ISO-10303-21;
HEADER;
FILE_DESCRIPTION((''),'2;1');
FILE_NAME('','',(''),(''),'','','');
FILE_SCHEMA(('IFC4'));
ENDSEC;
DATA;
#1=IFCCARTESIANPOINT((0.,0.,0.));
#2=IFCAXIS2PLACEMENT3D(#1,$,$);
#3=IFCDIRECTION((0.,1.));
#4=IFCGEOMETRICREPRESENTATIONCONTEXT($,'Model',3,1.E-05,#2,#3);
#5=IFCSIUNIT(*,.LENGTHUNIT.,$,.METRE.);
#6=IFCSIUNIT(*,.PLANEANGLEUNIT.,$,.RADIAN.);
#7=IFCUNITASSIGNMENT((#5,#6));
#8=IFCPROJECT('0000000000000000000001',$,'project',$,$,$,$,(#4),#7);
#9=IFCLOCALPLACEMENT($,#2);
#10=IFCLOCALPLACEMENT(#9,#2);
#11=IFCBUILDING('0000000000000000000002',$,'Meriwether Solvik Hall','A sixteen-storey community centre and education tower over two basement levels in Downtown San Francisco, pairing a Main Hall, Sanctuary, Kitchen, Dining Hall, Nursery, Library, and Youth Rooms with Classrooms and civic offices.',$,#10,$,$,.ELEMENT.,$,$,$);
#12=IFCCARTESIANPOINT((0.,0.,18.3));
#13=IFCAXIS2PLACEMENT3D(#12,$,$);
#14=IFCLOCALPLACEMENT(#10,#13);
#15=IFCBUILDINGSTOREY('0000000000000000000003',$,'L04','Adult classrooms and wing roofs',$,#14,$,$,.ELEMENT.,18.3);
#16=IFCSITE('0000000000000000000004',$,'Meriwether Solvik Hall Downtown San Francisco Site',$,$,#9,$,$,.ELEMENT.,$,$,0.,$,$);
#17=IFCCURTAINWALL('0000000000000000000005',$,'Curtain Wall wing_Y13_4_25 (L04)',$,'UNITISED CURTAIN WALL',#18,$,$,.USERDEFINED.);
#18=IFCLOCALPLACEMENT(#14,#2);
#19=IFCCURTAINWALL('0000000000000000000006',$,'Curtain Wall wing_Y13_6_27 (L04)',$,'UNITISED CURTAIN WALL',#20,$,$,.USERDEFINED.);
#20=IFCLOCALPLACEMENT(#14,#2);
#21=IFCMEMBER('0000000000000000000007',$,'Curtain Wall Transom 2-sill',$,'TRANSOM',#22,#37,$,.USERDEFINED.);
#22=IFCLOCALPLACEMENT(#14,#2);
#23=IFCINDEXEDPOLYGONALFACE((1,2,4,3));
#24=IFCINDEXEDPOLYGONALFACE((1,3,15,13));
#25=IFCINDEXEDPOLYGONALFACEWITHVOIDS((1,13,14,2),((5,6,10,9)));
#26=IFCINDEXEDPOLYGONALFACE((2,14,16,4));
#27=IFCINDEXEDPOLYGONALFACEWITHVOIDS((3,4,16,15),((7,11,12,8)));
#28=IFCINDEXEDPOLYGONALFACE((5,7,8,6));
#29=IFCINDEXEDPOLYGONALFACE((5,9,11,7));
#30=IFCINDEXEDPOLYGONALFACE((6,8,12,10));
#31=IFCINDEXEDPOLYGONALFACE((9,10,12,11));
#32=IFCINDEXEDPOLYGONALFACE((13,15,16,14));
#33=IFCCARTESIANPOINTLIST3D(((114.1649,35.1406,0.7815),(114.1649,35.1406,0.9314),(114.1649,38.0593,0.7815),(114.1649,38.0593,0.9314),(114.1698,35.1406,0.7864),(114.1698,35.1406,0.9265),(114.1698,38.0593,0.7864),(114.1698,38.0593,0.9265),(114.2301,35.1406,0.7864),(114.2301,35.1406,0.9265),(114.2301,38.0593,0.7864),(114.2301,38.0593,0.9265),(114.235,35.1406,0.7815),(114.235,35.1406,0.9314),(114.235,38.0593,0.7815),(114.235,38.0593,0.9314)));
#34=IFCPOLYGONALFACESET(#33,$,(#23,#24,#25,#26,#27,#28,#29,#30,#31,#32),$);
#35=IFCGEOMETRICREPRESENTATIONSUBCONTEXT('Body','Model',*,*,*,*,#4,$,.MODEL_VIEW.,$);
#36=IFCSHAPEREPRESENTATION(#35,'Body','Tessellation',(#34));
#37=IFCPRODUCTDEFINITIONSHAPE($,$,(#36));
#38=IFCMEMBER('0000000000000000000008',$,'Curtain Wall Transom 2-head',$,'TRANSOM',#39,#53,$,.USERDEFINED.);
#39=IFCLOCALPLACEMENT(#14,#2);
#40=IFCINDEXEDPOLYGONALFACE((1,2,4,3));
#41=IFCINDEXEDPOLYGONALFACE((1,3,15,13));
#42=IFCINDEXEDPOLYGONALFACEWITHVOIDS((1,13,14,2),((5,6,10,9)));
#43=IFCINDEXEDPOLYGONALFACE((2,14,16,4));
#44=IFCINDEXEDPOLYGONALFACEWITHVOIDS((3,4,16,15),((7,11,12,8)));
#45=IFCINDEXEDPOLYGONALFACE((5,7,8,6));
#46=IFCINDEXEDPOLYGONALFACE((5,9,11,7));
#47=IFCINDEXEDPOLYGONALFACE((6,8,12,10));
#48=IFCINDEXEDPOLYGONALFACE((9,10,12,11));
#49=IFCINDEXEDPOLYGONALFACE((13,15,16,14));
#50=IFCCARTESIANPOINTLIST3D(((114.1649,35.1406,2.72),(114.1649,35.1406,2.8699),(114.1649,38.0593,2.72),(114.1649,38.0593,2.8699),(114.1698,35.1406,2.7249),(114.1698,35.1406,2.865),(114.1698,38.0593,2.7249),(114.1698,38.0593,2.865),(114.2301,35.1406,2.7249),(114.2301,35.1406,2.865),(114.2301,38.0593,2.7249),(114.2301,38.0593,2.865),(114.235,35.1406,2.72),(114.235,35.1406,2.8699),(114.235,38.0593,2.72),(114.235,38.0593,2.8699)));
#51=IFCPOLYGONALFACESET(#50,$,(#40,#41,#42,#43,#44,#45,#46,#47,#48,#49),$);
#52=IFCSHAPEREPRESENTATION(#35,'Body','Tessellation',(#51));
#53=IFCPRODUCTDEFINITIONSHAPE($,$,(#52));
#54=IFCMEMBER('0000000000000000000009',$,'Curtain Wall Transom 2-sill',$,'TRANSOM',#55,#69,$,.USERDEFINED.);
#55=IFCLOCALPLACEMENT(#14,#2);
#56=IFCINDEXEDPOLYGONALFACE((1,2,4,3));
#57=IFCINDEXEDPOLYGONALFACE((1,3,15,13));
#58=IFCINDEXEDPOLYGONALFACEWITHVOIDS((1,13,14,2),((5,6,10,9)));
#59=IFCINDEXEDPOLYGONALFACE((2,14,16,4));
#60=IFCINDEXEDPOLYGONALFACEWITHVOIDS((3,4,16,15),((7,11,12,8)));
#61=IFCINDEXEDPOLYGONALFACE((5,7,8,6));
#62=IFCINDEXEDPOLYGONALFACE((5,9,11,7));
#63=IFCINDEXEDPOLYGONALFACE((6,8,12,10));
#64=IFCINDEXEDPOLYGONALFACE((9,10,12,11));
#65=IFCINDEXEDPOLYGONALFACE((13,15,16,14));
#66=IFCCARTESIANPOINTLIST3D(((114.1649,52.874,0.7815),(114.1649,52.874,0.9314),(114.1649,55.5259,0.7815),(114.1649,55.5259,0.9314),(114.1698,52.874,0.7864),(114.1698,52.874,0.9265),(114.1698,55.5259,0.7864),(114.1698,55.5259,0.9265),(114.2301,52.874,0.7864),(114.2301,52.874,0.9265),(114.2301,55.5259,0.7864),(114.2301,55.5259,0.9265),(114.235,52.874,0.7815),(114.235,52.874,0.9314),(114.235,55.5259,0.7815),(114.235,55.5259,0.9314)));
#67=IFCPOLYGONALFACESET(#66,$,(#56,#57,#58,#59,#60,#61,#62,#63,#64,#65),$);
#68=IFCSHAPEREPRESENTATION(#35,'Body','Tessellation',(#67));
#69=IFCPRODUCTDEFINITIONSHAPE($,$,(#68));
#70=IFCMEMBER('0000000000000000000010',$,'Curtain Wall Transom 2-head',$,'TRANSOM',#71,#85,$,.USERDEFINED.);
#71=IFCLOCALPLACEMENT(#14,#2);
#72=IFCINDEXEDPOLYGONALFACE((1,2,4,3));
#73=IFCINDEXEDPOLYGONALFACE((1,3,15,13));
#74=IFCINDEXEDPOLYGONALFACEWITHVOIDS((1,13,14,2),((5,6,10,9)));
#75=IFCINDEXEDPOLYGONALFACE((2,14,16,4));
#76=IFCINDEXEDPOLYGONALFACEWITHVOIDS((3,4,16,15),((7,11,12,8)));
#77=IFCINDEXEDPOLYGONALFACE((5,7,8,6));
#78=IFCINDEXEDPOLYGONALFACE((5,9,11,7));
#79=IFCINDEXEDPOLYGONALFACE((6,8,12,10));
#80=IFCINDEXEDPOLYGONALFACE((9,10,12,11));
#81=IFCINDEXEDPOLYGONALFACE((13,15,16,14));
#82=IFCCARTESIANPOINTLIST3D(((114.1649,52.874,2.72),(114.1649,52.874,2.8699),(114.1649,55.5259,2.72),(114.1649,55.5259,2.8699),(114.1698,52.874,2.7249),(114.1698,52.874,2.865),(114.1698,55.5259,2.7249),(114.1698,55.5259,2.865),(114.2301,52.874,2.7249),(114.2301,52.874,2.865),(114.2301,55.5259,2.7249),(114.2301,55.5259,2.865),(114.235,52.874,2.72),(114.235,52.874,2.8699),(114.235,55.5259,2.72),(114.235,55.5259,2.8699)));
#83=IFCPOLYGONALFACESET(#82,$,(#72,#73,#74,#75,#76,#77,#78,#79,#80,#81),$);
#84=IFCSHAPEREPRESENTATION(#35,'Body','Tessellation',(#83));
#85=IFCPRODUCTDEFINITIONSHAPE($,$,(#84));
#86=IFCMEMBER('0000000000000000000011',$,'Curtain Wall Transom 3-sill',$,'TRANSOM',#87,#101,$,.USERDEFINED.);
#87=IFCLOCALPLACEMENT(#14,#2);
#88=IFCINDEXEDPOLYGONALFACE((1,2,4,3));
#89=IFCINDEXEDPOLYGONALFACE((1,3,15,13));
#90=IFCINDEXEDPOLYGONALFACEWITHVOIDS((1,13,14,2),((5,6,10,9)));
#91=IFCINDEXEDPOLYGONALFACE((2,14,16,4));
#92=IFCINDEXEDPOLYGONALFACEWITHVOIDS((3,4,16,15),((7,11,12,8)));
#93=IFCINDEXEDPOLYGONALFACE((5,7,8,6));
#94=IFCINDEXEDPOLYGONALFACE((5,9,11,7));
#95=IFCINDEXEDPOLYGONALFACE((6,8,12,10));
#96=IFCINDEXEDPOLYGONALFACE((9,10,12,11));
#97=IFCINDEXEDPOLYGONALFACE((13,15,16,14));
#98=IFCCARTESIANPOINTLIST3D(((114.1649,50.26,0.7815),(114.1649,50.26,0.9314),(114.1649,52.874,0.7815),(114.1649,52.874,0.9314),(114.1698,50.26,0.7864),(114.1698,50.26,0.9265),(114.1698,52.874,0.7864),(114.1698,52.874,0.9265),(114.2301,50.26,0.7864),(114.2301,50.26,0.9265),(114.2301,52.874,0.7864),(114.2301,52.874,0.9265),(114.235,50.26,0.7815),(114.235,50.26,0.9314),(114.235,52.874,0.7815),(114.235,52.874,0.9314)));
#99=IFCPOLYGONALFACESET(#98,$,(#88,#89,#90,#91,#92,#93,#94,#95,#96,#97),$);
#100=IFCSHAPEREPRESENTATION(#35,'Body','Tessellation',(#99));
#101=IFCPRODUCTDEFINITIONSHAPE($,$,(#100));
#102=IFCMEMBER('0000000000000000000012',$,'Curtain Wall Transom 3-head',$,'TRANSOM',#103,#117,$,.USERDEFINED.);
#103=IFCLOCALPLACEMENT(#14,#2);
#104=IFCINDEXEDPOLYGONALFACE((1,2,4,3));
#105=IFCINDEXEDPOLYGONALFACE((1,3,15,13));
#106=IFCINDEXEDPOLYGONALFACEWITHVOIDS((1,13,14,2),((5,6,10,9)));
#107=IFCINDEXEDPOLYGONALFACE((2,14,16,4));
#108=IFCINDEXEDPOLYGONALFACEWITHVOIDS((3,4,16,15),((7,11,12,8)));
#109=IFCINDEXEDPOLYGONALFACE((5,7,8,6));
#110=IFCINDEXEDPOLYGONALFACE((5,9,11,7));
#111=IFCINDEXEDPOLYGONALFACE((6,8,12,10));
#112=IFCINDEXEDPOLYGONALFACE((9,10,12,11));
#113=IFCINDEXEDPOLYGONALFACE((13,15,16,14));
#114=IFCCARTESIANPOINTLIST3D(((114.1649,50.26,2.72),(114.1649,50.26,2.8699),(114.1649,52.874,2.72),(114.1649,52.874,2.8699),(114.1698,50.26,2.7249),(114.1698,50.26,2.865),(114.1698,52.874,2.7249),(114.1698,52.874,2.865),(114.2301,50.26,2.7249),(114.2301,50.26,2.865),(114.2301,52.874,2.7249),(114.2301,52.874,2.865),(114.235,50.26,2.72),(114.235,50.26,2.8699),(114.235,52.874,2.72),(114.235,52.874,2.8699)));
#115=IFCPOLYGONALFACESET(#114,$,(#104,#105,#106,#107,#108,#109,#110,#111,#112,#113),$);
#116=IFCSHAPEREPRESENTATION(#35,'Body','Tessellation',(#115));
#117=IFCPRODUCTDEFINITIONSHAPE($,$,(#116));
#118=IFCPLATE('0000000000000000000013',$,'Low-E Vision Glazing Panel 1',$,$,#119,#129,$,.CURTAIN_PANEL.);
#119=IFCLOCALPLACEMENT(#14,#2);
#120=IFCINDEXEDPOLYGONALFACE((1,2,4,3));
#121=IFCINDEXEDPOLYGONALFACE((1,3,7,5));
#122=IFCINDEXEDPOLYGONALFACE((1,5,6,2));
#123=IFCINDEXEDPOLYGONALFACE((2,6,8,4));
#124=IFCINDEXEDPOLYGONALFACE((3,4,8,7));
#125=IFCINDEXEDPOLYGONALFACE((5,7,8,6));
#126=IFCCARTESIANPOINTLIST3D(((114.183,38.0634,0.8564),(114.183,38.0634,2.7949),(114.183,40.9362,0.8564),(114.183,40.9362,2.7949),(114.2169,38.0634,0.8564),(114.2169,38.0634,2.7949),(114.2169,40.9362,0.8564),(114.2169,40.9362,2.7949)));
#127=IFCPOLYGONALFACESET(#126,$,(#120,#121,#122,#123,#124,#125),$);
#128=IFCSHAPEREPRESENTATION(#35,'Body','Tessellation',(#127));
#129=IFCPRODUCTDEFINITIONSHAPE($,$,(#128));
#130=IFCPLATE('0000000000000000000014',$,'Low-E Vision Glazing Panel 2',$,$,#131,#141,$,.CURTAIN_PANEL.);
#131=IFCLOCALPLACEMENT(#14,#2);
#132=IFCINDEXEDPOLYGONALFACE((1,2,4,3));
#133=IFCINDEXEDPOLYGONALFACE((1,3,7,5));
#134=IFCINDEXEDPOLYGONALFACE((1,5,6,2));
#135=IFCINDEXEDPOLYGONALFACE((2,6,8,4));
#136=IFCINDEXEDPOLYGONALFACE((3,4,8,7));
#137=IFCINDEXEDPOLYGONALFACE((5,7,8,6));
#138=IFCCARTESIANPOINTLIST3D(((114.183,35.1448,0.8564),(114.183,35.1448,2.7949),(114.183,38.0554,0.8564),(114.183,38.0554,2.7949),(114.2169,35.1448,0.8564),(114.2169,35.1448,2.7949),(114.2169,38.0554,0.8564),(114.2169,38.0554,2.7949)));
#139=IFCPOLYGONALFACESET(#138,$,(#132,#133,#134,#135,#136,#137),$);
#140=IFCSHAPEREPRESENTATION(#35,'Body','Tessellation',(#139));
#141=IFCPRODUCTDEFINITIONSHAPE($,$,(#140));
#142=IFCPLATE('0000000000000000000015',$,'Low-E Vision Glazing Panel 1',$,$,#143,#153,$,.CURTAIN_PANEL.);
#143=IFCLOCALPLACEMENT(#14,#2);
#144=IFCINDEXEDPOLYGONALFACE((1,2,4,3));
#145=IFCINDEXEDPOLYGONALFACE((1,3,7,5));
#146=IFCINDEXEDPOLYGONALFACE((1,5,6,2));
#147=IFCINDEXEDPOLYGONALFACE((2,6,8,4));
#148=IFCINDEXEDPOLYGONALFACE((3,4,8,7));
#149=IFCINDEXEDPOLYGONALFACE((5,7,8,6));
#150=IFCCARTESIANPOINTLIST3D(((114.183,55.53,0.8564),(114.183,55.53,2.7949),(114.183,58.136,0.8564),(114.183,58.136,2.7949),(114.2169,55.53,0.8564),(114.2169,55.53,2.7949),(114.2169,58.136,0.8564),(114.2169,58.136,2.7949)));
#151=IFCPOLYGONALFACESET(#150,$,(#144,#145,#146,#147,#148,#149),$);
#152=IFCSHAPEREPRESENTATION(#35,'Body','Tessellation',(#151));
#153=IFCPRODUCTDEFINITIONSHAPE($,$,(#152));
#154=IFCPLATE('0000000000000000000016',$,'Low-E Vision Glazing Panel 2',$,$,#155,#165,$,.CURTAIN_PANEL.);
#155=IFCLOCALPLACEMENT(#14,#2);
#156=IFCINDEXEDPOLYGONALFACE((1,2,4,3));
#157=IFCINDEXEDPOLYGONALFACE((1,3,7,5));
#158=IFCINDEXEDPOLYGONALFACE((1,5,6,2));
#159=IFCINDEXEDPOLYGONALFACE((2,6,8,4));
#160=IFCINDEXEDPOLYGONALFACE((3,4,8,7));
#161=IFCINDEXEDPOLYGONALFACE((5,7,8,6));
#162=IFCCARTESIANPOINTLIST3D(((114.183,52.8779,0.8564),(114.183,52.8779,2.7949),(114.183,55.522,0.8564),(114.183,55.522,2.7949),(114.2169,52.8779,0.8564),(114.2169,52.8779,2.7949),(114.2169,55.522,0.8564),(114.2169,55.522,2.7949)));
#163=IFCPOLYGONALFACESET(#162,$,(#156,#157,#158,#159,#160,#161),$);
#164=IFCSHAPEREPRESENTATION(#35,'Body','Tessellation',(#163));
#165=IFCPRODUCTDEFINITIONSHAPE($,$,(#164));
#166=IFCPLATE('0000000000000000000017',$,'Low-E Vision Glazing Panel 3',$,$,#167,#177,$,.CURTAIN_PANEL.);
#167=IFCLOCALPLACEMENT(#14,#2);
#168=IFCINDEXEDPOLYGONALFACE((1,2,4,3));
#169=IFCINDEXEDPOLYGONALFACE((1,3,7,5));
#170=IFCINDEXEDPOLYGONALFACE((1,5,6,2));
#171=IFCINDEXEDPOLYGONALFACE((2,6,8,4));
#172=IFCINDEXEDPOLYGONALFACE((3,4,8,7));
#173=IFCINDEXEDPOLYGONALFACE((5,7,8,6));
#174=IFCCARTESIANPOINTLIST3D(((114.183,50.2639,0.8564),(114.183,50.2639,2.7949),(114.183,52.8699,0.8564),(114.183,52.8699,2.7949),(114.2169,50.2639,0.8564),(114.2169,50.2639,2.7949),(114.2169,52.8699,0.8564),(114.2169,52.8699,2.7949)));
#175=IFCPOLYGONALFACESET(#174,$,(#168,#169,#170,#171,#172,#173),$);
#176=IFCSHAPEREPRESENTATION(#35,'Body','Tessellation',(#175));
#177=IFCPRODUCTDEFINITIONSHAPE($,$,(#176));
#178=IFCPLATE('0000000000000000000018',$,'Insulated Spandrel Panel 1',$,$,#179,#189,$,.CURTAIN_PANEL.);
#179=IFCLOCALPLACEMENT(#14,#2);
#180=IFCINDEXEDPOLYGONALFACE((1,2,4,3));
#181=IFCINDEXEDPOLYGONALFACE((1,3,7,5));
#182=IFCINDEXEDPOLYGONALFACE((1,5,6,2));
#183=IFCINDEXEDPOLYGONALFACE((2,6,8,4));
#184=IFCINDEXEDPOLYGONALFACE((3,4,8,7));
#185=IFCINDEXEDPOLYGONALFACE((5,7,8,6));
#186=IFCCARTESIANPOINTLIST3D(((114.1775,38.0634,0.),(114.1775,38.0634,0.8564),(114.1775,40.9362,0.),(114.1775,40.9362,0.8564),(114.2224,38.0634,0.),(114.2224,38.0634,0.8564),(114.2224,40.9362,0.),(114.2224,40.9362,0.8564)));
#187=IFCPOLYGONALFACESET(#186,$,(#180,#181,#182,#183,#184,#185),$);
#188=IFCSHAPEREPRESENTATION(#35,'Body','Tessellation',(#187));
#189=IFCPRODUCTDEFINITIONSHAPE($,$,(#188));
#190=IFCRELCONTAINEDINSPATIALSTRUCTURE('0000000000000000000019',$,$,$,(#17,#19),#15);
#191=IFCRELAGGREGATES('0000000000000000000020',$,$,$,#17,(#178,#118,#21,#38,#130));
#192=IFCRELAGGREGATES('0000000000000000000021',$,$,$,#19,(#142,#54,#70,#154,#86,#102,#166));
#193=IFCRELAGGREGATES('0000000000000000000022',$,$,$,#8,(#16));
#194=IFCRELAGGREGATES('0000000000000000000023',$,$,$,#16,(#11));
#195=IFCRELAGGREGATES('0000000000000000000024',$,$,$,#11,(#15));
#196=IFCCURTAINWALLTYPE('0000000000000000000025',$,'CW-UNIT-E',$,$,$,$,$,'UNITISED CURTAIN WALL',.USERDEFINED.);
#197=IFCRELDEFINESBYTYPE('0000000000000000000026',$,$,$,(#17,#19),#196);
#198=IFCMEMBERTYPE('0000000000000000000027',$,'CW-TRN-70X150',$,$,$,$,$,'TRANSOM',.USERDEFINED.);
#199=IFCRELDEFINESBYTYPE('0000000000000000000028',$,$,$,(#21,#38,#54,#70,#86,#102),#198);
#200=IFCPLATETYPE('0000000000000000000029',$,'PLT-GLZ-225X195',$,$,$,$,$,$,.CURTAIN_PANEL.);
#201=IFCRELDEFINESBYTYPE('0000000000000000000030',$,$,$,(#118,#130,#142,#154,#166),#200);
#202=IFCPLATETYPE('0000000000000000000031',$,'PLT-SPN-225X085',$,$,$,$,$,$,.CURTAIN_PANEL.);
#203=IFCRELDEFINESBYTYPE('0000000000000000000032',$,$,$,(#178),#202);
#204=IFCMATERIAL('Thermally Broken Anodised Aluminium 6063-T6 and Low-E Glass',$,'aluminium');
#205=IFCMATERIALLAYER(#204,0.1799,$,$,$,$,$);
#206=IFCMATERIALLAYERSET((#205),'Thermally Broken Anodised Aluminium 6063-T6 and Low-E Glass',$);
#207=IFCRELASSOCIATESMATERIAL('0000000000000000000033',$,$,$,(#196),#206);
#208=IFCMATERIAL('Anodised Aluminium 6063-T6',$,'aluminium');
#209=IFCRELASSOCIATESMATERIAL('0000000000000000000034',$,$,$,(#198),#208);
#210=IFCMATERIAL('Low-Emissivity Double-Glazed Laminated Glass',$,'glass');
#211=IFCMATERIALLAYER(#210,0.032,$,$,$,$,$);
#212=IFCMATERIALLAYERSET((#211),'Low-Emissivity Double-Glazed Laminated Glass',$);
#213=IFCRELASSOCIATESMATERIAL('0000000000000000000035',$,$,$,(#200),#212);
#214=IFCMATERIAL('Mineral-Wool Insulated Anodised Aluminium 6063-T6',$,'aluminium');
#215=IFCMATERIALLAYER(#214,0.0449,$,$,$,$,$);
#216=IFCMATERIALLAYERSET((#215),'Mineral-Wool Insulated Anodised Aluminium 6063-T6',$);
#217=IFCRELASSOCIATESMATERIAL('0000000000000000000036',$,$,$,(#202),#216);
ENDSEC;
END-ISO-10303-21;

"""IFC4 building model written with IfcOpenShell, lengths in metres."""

from ifc_helpers import new_model, si_unit, direction, frame, origin, origin_2d, place, context, subcontext, project, spatial, rectangle, hollow_rectangle, extrude, material, layer, layer_set, material_profile, profile_set, type_object, element, aggregate, save


model = new_model("IFC4")

# Units and contexts
model_context = context("Model", 3, precision=1e-05, world=origin(), true_north=direction((0.0, 1.0)))
body_context = subcontext(model_context, "Body", "Model", "MODEL_VIEW")
ifc_project = project(units=[si_unit("LENGTHUNIT", "METRE"), si_unit("PLANEANGLEUNIT", "RADIAN")], contexts=[model_context])

# Site, building, storey
site_placement = place(None, origin())
site = spatial("IfcSite", under=ifc_project, at=site_placement, Name="Meriwether Solvik Hall Downtown San Francisco Site", CompositionType="ELEMENT", RefElevation=0.0)
building_placement = place(site_placement, origin())
building = spatial("IfcBuilding", under=site, at=building_placement, Name="Meriwether Solvik Hall", Description="A sixteen-storey community centre and education tower over two basement levels in Downtown San Francisco, pairing a Main Hall, Sanctuary, Kitchen, Dining Hall, Nursery, Library, and Youth Rooms with Classrooms and civic offices.", CompositionType="ELEMENT")
storey_placement = place(building_placement, frame((0.0, 0.0, 18.3)))
storey = spatial("IfcBuildingStorey", under=building, at=storey_placement, Name="L04", Description="Adult classrooms and wing roofs", CompositionType="ELEMENT", Elevation=18.3)

# Curtain walls
ifc_material_1 = material(Name="Thermally Broken Anodised Aluminium 6063-T6 and Low-E Glass", Category="aluminium")
ifc_layer_1 = layer(ifc_material_1, 0.1799)
ifc_layer_set_1 = layer_set([ifc_layer_1], Name="Thermally Broken Anodised Aluminium 6063-T6 and Low-E Glass")
curtain_wall_type = type_object("IfcCurtainWallType", Name="CW-UNIT-E", ElementType="UNITISED CURTAIN WALL", PredefinedType="USERDEFINED", material=ifc_layer_set_1)
curtain_wall_1_placement = place(storey_placement, origin())
curtain_wall_1 = element("IfcCurtainWall", 1, at=curtain_wall_1_placement, inside=storey, type_object=curtain_wall_type, Name="Curtain Wall wing_Y13_4_25 (L04)", ObjectType="UNITISED CURTAIN WALL", PredefinedType="USERDEFINED")
curtain_wall_2_placement = place(storey_placement, origin())
curtain_wall_2 = element("IfcCurtainWall", 2, at=curtain_wall_2_placement, inside=storey, type_object=curtain_wall_type, Name="Curtain Wall wing_Y13_6_27 (L04)", ObjectType="UNITISED CURTAIN WALL", PredefinedType="USERDEFINED")

# Members
ifc_material_2 = material(Name="Anodised Aluminium 6063-T6", Category="aluminium")
ifc_material_profile_1 = material_profile(ifc_material_2, hollow_rectangle(XDim=0.0701, YDim=0.1499, WallThickness=0.0049, at=origin_2d()), Name="CWT-70X150")
ifc_profile_set_1 = profile_set([ifc_material_profile_1], Name="Anodised Aluminium 6063-T6")
member_type_1 = type_object("IfcMemberType", Name="CW-TRN-70X150", ElementType="TRANSOM", PredefinedType="USERDEFINED", material=ifc_profile_set_1)
member_1_placement = place(storey_placement, frame((114.2, 38.0593, 0.8564), z_axis=(0.0, -1.0, 0.0), x_axis=(1.0, 0.0, 0.0)))
member_1 = element("IfcMember", 3, at=member_1_placement, type_object=member_type_1, Name="Curtain Wall Transom 2-sill", ObjectType="TRANSOM", PredefinedType="USERDEFINED", context=body_context, shape_type="SweptSolid", body=[
    extrude(hollow_rectangle(XDim=0.0701, YDim=0.1499, WallThickness=0.0049, at=origin_2d()), origin(), (0.0, 0.0, 1.0), 2.9187),
])
member_2_placement = place(storey_placement, frame((114.2, 38.0593, 2.7949), z_axis=(0.0, -1.0, 0.0), x_axis=(1.0, 0.0, 0.0)))
member_2 = element("IfcMember", 4, at=member_2_placement, type_object=member_type_1, Name="Curtain Wall Transom 2-head", ObjectType="TRANSOM", PredefinedType="USERDEFINED", context=body_context, shape_type="SweptSolid", body=[
    extrude(hollow_rectangle(XDim=0.0701, YDim=0.1499, WallThickness=0.0049, at=origin_2d()), origin(), (0.0, 0.0, 1.0), 2.9187),
])
member_3_placement = place(storey_placement, frame((114.2, 55.5259, 0.8564), z_axis=(0.0, -1.0, 0.0), x_axis=(1.0, 0.0, 0.0)))
member_3 = element("IfcMember", 5, at=member_3_placement, type_object=member_type_1, Name="Curtain Wall Transom 2-sill", ObjectType="TRANSOM", PredefinedType="USERDEFINED", context=body_context, shape_type="SweptSolid", body=[
    extrude(hollow_rectangle(XDim=0.0701, YDim=0.1499, WallThickness=0.0049, at=origin_2d()), origin(), (0.0, 0.0, 1.0), 2.6519),
])
member_4_placement = place(storey_placement, frame((114.2, 55.5259, 2.7949), z_axis=(0.0, -1.0, 0.0), x_axis=(1.0, 0.0, 0.0)))
member_4 = element("IfcMember", 6, at=member_4_placement, type_object=member_type_1, Name="Curtain Wall Transom 2-head", ObjectType="TRANSOM", PredefinedType="USERDEFINED", context=body_context, shape_type="SweptSolid", body=[
    extrude(hollow_rectangle(XDim=0.0701, YDim=0.1499, WallThickness=0.0049, at=origin_2d()), origin(), (0.0, 0.0, 1.0), 2.6519),
])
member_5_placement = place(storey_placement, frame((114.2, 52.874, 0.8564), z_axis=(0.0, -1.0, 0.0), x_axis=(1.0, 0.0, 0.0)))
member_5 = element("IfcMember", 7, at=member_5_placement, type_object=member_type_1, Name="Curtain Wall Transom 3-sill", ObjectType="TRANSOM", PredefinedType="USERDEFINED", context=body_context, shape_type="SweptSolid", body=[
    extrude(hollow_rectangle(XDim=0.0701, YDim=0.1499, WallThickness=0.0049, at=origin_2d()), origin(), (0.0, 0.0, 1.0), 2.614),
])
member_6_placement = place(storey_placement, frame((114.2, 52.874, 2.7949), z_axis=(0.0, -1.0, 0.0), x_axis=(1.0, 0.0, 0.0)))
member_6 = element("IfcMember", 8, at=member_6_placement, type_object=member_type_1, Name="Curtain Wall Transom 3-head", ObjectType="TRANSOM", PredefinedType="USERDEFINED", context=body_context, shape_type="SweptSolid", body=[
    extrude(hollow_rectangle(XDim=0.0701, YDim=0.1499, WallThickness=0.0049, at=origin_2d()), origin(), (0.0, 0.0, 1.0), 2.614),
])

# Plates
ifc_material_3 = material(Name="Low-Emissivity Double-Glazed Laminated Glass", Category="glass")
ifc_layer_2 = layer(ifc_material_3, 0.032)
ifc_layer_set_2 = layer_set([ifc_layer_2], Name="Low-Emissivity Double-Glazed Laminated Glass")
plate_type_1 = type_object("IfcPlateType", Name="PLT-GLZ-225X195", PredefinedType="CURTAIN_PANEL", material=ifc_layer_set_2)
plate_1_placement = place(storey_placement, frame((114.2, 39.4998, 0.8564), z_axis=(0.0, 0.0, 1.0), x_axis=(0.0, -1.0, 0.0)))
plate_1 = element("IfcPlate", 9, at=plate_1_placement, type_object=plate_type_1, Name="Low-E Vision Glazing Panel 1", PredefinedType="CURTAIN_PANEL", context=body_context, shape_type="SweptSolid", body=[
    extrude(rectangle(XDim=2.8728, YDim=0.0339, at=origin_2d()), origin(), (0.0, 0.0, 1.0), 1.9385),
])
plate_2_placement = place(storey_placement, frame((114.2, 36.6001, 0.8564), z_axis=(0.0, 0.0, 1.0), x_axis=(0.0, -1.0, 0.0)))
plate_2 = element("IfcPlate", 10, at=plate_2_placement, type_object=plate_type_1, Name="Low-E Vision Glazing Panel 2", PredefinedType="CURTAIN_PANEL", context=body_context, shape_type="SweptSolid", body=[
    extrude(rectangle(XDim=2.9106, YDim=0.0339, at=origin_2d()), origin(), (0.0, 0.0, 1.0), 1.9385),
])
plate_3_placement = place(storey_placement, frame((114.2, 56.833, 0.8564), z_axis=(0.0, 0.0, 1.0), x_axis=(0.0, -1.0, 0.0)))
plate_3 = element("IfcPlate", 11, at=plate_3_placement, type_object=plate_type_1, Name="Low-E Vision Glazing Panel 1", PredefinedType="CURTAIN_PANEL", context=body_context, shape_type="SweptSolid", body=[
    extrude(rectangle(XDim=2.606, YDim=0.0339, at=origin_2d()), origin(), (0.0, 0.0, 1.0), 1.9385),
])
plate_4_placement = place(storey_placement, frame((114.2, 54.2, 0.8564), z_axis=(0.0, 0.0, 1.0), x_axis=(0.0, -1.0, 0.0)))
plate_4 = element("IfcPlate", 12, at=plate_4_placement, type_object=plate_type_1, Name="Low-E Vision Glazing Panel 2", PredefinedType="CURTAIN_PANEL", context=body_context, shape_type="SweptSolid", body=[
    extrude(rectangle(XDim=2.644, YDim=0.0339, at=origin_2d()), origin(), (0.0, 0.0, 1.0), 1.9385),
])
plate_5_placement = place(storey_placement, frame((114.2, 51.5669, 0.8564), z_axis=(0.0, 0.0, 1.0), x_axis=(0.0, -1.0, 0.0)))
plate_5 = element("IfcPlate", 13, at=plate_5_placement, type_object=plate_type_1, Name="Low-E Vision Glazing Panel 3", PredefinedType="CURTAIN_PANEL", context=body_context, shape_type="SweptSolid", body=[
    extrude(rectangle(XDim=2.606, YDim=0.0339, at=origin_2d()), origin(), (0.0, 0.0, 1.0), 1.9385),
])
ifc_material_4 = material(Name="Mineral-Wool Insulated Anodised Aluminium 6063-T6", Category="aluminium")
ifc_layer_3 = layer(ifc_material_4, 0.0449)
ifc_layer_set_3 = layer_set([ifc_layer_3], Name="Mineral-Wool Insulated Anodised Aluminium 6063-T6")
plate_type_2 = type_object("IfcPlateType", Name="PLT-SPN-225X085", PredefinedType="CURTAIN_PANEL", material=ifc_layer_set_3)
plate_6_placement = place(storey_placement, frame((114.2, 39.4998, 0.0), z_axis=(0.0, 0.0, 1.0), x_axis=(0.0, -1.0, 0.0)))
plate_6 = element("IfcPlate", 14, at=plate_6_placement, type_object=plate_type_2, Name="Insulated Spandrel Panel 1", PredefinedType="CURTAIN_PANEL", context=body_context, shape_type="SweptSolid", body=[
    extrude(rectangle(XDim=2.8728, YDim=0.0449, at=origin_2d()), origin(), (0.0, 0.0, 1.0), 0.8564),
])
aggregate(curtain_wall_1, [plate_6, plate_1, member_1, member_2, plate_2])
aggregate(curtain_wall_2, [plate_3, member_3, member_4, plate_4, member_5, member_6, plate_5])

save(model, "model.ifc")
